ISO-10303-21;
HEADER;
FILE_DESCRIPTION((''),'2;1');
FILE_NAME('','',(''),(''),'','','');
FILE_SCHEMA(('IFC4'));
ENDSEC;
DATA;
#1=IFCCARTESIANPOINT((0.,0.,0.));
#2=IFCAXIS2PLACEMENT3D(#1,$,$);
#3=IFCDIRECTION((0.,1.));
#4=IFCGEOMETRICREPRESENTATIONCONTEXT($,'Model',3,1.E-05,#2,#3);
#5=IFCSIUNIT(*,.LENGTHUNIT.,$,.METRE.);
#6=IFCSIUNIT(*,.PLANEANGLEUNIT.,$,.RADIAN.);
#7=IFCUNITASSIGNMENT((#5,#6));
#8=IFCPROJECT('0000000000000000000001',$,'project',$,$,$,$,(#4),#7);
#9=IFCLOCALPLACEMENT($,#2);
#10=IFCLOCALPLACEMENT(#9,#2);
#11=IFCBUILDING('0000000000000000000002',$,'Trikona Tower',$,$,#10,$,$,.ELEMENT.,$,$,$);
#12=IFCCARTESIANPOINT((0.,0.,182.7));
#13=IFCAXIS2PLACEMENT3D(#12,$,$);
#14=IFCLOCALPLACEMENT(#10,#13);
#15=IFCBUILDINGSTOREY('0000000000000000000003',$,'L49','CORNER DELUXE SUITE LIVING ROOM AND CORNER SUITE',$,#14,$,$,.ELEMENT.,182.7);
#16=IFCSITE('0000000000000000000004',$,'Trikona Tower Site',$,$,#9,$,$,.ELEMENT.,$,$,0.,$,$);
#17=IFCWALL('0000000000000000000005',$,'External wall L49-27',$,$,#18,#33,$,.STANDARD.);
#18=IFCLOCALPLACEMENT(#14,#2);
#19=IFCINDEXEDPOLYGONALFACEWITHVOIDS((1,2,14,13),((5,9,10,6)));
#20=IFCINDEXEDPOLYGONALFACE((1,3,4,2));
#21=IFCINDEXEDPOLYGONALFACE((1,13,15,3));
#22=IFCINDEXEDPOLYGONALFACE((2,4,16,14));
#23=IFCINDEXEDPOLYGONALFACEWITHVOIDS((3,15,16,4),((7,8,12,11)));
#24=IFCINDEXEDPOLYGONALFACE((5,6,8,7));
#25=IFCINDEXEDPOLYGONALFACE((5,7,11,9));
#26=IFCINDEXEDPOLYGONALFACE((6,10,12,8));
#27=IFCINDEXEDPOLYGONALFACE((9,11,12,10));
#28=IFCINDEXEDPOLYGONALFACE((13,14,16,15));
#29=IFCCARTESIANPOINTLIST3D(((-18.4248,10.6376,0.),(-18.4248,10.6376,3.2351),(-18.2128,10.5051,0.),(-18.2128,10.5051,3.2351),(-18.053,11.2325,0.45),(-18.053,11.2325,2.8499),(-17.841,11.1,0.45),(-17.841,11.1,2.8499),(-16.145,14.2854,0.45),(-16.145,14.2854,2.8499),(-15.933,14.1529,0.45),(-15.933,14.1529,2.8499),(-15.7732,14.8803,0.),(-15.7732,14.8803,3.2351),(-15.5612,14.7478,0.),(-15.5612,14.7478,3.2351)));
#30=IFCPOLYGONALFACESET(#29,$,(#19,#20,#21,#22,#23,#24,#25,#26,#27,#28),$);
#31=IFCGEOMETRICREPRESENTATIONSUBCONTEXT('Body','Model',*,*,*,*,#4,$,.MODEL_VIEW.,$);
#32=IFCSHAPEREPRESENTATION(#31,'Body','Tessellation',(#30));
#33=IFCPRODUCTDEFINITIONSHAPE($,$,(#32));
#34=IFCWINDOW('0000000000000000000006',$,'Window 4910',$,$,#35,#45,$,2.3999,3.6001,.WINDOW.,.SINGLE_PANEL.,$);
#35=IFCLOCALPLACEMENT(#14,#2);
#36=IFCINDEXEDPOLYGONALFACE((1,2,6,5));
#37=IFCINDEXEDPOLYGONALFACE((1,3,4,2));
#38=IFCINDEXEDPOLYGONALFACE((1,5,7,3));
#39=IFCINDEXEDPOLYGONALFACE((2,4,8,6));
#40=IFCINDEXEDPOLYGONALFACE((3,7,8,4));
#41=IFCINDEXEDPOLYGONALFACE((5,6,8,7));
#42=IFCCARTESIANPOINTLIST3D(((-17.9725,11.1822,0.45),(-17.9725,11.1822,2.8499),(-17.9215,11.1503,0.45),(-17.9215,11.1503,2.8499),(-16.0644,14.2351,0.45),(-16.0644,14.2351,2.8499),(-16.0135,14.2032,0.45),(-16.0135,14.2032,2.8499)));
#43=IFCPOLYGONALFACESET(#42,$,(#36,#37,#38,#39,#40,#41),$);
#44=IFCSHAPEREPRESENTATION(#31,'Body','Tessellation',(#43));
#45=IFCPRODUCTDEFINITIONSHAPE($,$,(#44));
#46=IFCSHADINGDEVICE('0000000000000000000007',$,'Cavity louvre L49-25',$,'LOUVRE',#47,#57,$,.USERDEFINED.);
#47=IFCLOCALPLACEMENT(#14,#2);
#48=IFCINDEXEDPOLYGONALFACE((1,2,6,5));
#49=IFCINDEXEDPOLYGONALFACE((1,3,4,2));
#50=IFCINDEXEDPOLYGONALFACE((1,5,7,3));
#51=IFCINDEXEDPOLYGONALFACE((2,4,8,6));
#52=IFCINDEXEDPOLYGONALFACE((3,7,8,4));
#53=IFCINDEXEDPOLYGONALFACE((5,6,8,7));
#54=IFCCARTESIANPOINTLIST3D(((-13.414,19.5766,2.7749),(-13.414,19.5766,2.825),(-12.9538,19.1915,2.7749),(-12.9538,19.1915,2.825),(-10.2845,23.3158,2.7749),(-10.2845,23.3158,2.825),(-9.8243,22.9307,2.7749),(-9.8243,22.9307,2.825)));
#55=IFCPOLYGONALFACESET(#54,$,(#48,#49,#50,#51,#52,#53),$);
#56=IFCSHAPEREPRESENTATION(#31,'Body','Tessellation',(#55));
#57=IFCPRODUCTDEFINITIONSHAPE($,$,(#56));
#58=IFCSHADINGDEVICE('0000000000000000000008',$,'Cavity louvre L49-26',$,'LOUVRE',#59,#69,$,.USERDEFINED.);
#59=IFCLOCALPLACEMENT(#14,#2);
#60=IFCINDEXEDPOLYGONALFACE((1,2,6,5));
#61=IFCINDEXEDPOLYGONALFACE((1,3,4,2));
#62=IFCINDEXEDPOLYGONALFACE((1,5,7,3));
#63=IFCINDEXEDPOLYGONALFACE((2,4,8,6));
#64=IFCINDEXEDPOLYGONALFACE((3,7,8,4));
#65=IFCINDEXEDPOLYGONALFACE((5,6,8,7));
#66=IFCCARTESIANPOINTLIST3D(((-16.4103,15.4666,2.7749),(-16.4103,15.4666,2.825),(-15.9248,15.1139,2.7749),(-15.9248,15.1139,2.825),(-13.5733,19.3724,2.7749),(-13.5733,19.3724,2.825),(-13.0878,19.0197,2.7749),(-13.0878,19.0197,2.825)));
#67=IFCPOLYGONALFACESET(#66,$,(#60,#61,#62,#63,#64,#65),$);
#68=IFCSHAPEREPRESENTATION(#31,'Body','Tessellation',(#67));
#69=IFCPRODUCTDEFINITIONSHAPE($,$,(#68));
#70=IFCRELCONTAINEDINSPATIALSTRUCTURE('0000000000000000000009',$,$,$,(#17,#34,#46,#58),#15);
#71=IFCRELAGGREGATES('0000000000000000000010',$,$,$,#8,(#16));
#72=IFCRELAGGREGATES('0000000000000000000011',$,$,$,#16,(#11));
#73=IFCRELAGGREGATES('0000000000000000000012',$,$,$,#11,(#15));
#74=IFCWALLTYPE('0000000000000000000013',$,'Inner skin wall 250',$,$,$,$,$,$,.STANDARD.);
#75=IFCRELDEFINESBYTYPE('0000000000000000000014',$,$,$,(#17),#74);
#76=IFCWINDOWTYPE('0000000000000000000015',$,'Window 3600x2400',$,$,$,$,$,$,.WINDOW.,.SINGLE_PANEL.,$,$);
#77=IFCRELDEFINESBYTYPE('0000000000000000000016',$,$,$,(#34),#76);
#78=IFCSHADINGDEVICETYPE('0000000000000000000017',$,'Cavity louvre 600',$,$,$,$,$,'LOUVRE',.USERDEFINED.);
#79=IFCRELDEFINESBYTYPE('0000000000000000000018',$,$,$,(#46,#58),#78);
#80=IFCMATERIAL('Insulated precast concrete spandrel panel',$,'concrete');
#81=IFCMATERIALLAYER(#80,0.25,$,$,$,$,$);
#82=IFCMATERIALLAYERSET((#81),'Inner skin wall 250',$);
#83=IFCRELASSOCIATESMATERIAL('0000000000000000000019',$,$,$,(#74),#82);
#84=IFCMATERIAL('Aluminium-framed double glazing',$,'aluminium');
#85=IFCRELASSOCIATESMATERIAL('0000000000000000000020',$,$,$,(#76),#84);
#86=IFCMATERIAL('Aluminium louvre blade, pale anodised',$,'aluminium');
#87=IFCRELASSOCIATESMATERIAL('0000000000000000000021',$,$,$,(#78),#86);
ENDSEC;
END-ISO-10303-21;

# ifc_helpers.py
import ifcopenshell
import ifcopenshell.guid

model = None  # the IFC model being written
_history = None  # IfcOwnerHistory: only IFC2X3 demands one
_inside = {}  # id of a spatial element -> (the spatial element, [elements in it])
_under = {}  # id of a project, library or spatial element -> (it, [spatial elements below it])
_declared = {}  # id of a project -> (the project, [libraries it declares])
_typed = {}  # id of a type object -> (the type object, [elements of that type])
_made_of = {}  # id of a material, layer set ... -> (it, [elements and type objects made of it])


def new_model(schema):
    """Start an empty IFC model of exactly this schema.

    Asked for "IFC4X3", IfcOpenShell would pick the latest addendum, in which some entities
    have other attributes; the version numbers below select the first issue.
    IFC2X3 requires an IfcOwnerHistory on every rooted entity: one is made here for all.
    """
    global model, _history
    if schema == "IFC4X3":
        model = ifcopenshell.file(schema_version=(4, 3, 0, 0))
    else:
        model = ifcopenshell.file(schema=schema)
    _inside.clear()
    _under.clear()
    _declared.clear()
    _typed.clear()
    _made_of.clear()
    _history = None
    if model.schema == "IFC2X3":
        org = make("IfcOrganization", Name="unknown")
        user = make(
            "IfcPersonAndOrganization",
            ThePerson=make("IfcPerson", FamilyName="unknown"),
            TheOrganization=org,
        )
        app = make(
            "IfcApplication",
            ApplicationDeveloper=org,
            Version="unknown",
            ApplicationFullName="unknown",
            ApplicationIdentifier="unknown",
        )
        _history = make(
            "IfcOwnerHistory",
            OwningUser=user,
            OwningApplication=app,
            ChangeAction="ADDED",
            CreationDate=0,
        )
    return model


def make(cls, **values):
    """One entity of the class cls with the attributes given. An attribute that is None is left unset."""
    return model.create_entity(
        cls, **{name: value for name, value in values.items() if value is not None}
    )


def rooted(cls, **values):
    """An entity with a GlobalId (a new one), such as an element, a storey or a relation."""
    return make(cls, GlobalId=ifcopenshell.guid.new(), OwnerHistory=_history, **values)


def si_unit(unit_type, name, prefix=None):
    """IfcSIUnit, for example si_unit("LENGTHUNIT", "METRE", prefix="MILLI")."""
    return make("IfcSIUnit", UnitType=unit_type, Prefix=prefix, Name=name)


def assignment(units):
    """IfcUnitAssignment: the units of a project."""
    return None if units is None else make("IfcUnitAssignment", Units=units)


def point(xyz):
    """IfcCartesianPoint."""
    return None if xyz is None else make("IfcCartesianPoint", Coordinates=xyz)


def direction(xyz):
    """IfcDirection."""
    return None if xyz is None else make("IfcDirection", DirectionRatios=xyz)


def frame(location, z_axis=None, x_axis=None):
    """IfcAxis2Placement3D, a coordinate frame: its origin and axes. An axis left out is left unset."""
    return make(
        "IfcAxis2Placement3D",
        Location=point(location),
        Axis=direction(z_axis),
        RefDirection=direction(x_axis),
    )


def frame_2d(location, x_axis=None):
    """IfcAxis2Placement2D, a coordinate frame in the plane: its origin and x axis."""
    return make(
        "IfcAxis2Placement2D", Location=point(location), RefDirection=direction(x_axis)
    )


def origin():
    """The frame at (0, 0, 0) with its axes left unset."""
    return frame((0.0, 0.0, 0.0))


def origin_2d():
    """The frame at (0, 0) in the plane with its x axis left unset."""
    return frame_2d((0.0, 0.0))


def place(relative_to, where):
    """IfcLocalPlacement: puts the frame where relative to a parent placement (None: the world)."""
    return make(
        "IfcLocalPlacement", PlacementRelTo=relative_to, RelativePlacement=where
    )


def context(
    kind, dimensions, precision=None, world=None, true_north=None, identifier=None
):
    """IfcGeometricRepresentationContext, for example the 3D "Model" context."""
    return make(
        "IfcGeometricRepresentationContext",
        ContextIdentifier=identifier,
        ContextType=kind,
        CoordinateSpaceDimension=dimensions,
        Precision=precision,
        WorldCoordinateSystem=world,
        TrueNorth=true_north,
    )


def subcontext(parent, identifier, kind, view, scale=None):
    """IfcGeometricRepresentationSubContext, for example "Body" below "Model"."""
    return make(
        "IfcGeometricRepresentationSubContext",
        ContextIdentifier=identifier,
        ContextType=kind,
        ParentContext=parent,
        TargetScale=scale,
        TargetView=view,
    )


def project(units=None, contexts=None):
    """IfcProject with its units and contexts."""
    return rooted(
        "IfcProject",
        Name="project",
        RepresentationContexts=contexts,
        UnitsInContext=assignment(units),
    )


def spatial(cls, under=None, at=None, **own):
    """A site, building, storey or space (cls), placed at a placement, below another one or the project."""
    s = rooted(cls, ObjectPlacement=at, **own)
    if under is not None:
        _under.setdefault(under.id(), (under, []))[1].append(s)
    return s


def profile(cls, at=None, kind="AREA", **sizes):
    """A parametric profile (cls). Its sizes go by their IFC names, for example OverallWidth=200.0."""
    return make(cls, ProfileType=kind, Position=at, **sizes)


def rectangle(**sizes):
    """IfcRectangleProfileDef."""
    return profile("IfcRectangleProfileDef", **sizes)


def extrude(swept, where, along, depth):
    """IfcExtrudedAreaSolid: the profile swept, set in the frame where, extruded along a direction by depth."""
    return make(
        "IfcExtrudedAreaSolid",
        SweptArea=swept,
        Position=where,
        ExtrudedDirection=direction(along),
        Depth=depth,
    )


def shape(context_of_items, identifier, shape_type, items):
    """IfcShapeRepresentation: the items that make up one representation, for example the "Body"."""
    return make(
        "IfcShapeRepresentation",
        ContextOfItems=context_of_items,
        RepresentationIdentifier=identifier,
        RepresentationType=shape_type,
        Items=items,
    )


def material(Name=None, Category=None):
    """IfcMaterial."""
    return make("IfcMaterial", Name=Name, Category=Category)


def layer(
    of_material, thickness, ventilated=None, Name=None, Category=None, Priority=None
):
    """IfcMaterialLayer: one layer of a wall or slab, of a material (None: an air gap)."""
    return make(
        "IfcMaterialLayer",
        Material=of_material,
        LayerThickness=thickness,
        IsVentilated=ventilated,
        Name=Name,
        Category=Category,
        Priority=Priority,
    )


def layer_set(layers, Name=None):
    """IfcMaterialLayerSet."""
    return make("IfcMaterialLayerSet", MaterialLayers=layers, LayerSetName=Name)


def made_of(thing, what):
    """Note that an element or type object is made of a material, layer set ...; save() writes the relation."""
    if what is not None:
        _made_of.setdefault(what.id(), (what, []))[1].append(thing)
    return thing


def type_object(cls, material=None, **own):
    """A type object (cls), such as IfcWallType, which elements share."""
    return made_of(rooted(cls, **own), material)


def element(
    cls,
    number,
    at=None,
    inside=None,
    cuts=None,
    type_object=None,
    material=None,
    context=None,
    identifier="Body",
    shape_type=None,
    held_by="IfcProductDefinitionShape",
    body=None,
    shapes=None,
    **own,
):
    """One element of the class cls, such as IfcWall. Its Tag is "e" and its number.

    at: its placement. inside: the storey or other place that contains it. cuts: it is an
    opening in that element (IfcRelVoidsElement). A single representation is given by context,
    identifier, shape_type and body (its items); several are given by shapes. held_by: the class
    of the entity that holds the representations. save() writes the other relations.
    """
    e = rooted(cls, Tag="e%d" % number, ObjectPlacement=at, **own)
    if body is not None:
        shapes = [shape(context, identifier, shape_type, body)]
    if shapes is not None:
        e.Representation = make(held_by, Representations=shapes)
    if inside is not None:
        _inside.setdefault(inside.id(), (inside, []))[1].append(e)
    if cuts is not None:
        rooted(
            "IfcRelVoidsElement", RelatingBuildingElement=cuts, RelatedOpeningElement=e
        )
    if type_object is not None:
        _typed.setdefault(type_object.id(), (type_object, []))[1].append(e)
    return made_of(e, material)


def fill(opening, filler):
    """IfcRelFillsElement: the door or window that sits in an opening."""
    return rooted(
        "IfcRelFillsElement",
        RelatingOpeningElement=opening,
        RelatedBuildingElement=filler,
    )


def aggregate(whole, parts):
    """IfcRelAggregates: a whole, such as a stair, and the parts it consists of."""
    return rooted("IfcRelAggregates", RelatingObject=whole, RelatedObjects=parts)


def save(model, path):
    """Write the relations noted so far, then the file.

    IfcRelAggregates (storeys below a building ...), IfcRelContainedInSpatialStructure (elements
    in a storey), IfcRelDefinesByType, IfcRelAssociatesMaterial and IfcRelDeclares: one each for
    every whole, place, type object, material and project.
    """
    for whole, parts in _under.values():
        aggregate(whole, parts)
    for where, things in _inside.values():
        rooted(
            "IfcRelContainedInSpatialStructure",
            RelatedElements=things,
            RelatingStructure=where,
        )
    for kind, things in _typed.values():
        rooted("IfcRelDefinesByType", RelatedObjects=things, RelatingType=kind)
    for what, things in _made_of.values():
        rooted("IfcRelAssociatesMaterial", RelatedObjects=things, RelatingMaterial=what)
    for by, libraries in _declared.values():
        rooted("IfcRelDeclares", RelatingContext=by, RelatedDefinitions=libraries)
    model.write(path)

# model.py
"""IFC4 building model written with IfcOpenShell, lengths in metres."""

from ifc_helpers import new_model, si_unit, direction, frame, frame_2d, origin, origin_2d, place, context, subcontext, project, spatial, rectangle, extrude, material, layer, layer_set, type_object, element, fill, save


model = new_model("IFC4")

# Units and contexts
model_context = context("Model", 3, precision=1e-05, world=origin(), true_north=direction((0.0, 1.0)))
body_context = subcontext(model_context, "Body", "Model", "MODEL_VIEW")
ifc_project = project(units=[si_unit("LENGTHUNIT", "METRE"), si_unit("PLANEANGLEUNIT", "RADIAN")], contexts=[model_context])

# Site, building, storey
site_placement = place(None, origin())
site = spatial("IfcSite", under=ifc_project, at=site_placement, Name="Trikona Tower Site", CompositionType="ELEMENT", RefElevation=0.0)
building_placement = place(site_placement, origin())
building = spatial("IfcBuilding", under=site, at=building_placement, Name="Trikona Tower", CompositionType="ELEMENT")
storey_placement = place(building_placement, frame((0.0, 0.0, 182.7)))
storey = spatial("IfcBuildingStorey", under=building, at=storey_placement, Name="L49", Description="CORNER DELUXE SUITE LIVING ROOM AND CORNER SUITE", CompositionType="ELEMENT", Elevation=182.7)

# Wall, opening, window
ifc_material_1 = material(Name="Insulated precast concrete spandrel panel", Category="concrete")
ifc_layer_1 = layer(ifc_material_1, 0.25)
ifc_layer_set_1 = layer_set([ifc_layer_1], Name="Inner skin wall 250")
wall_type = type_object("IfcWallType", Name="Inner skin wall 250", PredefinedType="STANDARD", material=ifc_layer_set_1)
ifc_material_2 = material(Name="Aluminium-framed double glazing", Category="aluminium")
window_type = type_object("IfcWindowType", Name="Window 3600x2400", PartitioningType="SINGLE_PANEL", PredefinedType="WINDOW", material=ifc_material_2)
wall_1_placement = place(storey_placement, frame((-15.6672, 14.814, 0.0), z_axis=(0.0, 0.0, 1.0), x_axis=(-0.52999, -0.848004, 0.0)))
wall_1 = element("IfcWall", 1, at=wall_1_placement, inside=storey, type_object=wall_type, Name="External wall L49-27", PredefinedType="STANDARD", context=body_context, shape_type="SweptSolid", body=[
    extrude(rectangle(XDim=5.0032, YDim=0.25, at=frame_2d((2.5015, 0.0))), origin(), (0.0, 0.0, 1.0), 3.2351),
])
opening_1_placement = place(wall_1_placement, frame((0.7014, 0.0, 0.45)))
opening_1 = element("IfcOpeningElement", 2, at=opening_1_placement, cuts=wall_1, PredefinedType="OPENING", context=body_context, shape_type="SweptSolid", body=[
    extrude(rectangle(XDim=3.6001, YDim=2.3999, at=frame_2d((1.8, 1.2))), frame((0.0, 0.135, 0.0), z_axis=(0.0, -1.0, 0.0), x_axis=(1.0, 0.0, 0.0)), (0.0, 0.0, 1.0), 0.27),
])
window_1_placement = place(opening_1_placement, origin())
window_1 = element("IfcWindow", 3, at=window_1_placement, inside=storey, type_object=window_type, Name="Window 4910", OverallHeight=2.3999, OverallWidth=3.6001, PartitioningType="SINGLE_PANEL", PredefinedType="WINDOW", context=body_context, shape_type="SweptSolid", body=[
    extrude(rectangle(XDim=3.6001, YDim=2.3999, at=frame_2d((1.8, 1.2))), frame((0.0, 0.03, 0.0), z_axis=(0.0, -1.0, 0.0), x_axis=(1.0, 0.0, 0.0)), (0.0, 0.0, 1.0), 0.0601),
])
fill(opening_1, window_1)

# Shading devices
ifc_material_3 = material(Name="Aluminium louvre blade, pale anodised", Category="aluminium")
shading_device_type = type_object("IfcShadingDeviceType", Name="Cavity louvre 600", ElementType="LOUVRE", PredefinedType="USERDEFINED", material=ifc_material_3)
shading_device_1_placement = place(storey_placement, frame((-11.6191, 21.2537, 2.7749), z_axis=(0.0, 0.0, 1.0), x_axis=(-0.641807, -0.766866, 0.0)))
element("IfcShadingDevice", 4, at=shading_device_1_placement, inside=storey, type_object=shading_device_type, Name="Cavity louvre L49-25", ObjectType="LOUVRE", PredefinedType="USERDEFINED", context=body_context, shape_type="SweptSolid", body=[
    extrude(rectangle(XDim=4.876, YDim=0.6001, at=origin_2d()), origin(), (0.0, 0.0, 1.0), 0.05),
])
shading_device_2_placement = place(storey_placement, frame((-14.749, 17.2432, 2.7749), z_axis=(0.0, 0.0, 1.0), x_axis=(-0.587686, -0.809089, 0.0)))
element("IfcShadingDevice", 5, at=shading_device_2_placement, inside=storey, type_object=shading_device_type, Name="Cavity louvre L49-26", ObjectType="LOUVRE", PredefinedType="USERDEFINED", context=body_context, shape_type="SweptSolid", body=[
    extrude(rectangle(XDim=4.8274, YDim=0.6001, at=origin_2d()), origin(), (0.0, 0.0, 1.0), 0.05),
])

save(model, "model.ifc")
